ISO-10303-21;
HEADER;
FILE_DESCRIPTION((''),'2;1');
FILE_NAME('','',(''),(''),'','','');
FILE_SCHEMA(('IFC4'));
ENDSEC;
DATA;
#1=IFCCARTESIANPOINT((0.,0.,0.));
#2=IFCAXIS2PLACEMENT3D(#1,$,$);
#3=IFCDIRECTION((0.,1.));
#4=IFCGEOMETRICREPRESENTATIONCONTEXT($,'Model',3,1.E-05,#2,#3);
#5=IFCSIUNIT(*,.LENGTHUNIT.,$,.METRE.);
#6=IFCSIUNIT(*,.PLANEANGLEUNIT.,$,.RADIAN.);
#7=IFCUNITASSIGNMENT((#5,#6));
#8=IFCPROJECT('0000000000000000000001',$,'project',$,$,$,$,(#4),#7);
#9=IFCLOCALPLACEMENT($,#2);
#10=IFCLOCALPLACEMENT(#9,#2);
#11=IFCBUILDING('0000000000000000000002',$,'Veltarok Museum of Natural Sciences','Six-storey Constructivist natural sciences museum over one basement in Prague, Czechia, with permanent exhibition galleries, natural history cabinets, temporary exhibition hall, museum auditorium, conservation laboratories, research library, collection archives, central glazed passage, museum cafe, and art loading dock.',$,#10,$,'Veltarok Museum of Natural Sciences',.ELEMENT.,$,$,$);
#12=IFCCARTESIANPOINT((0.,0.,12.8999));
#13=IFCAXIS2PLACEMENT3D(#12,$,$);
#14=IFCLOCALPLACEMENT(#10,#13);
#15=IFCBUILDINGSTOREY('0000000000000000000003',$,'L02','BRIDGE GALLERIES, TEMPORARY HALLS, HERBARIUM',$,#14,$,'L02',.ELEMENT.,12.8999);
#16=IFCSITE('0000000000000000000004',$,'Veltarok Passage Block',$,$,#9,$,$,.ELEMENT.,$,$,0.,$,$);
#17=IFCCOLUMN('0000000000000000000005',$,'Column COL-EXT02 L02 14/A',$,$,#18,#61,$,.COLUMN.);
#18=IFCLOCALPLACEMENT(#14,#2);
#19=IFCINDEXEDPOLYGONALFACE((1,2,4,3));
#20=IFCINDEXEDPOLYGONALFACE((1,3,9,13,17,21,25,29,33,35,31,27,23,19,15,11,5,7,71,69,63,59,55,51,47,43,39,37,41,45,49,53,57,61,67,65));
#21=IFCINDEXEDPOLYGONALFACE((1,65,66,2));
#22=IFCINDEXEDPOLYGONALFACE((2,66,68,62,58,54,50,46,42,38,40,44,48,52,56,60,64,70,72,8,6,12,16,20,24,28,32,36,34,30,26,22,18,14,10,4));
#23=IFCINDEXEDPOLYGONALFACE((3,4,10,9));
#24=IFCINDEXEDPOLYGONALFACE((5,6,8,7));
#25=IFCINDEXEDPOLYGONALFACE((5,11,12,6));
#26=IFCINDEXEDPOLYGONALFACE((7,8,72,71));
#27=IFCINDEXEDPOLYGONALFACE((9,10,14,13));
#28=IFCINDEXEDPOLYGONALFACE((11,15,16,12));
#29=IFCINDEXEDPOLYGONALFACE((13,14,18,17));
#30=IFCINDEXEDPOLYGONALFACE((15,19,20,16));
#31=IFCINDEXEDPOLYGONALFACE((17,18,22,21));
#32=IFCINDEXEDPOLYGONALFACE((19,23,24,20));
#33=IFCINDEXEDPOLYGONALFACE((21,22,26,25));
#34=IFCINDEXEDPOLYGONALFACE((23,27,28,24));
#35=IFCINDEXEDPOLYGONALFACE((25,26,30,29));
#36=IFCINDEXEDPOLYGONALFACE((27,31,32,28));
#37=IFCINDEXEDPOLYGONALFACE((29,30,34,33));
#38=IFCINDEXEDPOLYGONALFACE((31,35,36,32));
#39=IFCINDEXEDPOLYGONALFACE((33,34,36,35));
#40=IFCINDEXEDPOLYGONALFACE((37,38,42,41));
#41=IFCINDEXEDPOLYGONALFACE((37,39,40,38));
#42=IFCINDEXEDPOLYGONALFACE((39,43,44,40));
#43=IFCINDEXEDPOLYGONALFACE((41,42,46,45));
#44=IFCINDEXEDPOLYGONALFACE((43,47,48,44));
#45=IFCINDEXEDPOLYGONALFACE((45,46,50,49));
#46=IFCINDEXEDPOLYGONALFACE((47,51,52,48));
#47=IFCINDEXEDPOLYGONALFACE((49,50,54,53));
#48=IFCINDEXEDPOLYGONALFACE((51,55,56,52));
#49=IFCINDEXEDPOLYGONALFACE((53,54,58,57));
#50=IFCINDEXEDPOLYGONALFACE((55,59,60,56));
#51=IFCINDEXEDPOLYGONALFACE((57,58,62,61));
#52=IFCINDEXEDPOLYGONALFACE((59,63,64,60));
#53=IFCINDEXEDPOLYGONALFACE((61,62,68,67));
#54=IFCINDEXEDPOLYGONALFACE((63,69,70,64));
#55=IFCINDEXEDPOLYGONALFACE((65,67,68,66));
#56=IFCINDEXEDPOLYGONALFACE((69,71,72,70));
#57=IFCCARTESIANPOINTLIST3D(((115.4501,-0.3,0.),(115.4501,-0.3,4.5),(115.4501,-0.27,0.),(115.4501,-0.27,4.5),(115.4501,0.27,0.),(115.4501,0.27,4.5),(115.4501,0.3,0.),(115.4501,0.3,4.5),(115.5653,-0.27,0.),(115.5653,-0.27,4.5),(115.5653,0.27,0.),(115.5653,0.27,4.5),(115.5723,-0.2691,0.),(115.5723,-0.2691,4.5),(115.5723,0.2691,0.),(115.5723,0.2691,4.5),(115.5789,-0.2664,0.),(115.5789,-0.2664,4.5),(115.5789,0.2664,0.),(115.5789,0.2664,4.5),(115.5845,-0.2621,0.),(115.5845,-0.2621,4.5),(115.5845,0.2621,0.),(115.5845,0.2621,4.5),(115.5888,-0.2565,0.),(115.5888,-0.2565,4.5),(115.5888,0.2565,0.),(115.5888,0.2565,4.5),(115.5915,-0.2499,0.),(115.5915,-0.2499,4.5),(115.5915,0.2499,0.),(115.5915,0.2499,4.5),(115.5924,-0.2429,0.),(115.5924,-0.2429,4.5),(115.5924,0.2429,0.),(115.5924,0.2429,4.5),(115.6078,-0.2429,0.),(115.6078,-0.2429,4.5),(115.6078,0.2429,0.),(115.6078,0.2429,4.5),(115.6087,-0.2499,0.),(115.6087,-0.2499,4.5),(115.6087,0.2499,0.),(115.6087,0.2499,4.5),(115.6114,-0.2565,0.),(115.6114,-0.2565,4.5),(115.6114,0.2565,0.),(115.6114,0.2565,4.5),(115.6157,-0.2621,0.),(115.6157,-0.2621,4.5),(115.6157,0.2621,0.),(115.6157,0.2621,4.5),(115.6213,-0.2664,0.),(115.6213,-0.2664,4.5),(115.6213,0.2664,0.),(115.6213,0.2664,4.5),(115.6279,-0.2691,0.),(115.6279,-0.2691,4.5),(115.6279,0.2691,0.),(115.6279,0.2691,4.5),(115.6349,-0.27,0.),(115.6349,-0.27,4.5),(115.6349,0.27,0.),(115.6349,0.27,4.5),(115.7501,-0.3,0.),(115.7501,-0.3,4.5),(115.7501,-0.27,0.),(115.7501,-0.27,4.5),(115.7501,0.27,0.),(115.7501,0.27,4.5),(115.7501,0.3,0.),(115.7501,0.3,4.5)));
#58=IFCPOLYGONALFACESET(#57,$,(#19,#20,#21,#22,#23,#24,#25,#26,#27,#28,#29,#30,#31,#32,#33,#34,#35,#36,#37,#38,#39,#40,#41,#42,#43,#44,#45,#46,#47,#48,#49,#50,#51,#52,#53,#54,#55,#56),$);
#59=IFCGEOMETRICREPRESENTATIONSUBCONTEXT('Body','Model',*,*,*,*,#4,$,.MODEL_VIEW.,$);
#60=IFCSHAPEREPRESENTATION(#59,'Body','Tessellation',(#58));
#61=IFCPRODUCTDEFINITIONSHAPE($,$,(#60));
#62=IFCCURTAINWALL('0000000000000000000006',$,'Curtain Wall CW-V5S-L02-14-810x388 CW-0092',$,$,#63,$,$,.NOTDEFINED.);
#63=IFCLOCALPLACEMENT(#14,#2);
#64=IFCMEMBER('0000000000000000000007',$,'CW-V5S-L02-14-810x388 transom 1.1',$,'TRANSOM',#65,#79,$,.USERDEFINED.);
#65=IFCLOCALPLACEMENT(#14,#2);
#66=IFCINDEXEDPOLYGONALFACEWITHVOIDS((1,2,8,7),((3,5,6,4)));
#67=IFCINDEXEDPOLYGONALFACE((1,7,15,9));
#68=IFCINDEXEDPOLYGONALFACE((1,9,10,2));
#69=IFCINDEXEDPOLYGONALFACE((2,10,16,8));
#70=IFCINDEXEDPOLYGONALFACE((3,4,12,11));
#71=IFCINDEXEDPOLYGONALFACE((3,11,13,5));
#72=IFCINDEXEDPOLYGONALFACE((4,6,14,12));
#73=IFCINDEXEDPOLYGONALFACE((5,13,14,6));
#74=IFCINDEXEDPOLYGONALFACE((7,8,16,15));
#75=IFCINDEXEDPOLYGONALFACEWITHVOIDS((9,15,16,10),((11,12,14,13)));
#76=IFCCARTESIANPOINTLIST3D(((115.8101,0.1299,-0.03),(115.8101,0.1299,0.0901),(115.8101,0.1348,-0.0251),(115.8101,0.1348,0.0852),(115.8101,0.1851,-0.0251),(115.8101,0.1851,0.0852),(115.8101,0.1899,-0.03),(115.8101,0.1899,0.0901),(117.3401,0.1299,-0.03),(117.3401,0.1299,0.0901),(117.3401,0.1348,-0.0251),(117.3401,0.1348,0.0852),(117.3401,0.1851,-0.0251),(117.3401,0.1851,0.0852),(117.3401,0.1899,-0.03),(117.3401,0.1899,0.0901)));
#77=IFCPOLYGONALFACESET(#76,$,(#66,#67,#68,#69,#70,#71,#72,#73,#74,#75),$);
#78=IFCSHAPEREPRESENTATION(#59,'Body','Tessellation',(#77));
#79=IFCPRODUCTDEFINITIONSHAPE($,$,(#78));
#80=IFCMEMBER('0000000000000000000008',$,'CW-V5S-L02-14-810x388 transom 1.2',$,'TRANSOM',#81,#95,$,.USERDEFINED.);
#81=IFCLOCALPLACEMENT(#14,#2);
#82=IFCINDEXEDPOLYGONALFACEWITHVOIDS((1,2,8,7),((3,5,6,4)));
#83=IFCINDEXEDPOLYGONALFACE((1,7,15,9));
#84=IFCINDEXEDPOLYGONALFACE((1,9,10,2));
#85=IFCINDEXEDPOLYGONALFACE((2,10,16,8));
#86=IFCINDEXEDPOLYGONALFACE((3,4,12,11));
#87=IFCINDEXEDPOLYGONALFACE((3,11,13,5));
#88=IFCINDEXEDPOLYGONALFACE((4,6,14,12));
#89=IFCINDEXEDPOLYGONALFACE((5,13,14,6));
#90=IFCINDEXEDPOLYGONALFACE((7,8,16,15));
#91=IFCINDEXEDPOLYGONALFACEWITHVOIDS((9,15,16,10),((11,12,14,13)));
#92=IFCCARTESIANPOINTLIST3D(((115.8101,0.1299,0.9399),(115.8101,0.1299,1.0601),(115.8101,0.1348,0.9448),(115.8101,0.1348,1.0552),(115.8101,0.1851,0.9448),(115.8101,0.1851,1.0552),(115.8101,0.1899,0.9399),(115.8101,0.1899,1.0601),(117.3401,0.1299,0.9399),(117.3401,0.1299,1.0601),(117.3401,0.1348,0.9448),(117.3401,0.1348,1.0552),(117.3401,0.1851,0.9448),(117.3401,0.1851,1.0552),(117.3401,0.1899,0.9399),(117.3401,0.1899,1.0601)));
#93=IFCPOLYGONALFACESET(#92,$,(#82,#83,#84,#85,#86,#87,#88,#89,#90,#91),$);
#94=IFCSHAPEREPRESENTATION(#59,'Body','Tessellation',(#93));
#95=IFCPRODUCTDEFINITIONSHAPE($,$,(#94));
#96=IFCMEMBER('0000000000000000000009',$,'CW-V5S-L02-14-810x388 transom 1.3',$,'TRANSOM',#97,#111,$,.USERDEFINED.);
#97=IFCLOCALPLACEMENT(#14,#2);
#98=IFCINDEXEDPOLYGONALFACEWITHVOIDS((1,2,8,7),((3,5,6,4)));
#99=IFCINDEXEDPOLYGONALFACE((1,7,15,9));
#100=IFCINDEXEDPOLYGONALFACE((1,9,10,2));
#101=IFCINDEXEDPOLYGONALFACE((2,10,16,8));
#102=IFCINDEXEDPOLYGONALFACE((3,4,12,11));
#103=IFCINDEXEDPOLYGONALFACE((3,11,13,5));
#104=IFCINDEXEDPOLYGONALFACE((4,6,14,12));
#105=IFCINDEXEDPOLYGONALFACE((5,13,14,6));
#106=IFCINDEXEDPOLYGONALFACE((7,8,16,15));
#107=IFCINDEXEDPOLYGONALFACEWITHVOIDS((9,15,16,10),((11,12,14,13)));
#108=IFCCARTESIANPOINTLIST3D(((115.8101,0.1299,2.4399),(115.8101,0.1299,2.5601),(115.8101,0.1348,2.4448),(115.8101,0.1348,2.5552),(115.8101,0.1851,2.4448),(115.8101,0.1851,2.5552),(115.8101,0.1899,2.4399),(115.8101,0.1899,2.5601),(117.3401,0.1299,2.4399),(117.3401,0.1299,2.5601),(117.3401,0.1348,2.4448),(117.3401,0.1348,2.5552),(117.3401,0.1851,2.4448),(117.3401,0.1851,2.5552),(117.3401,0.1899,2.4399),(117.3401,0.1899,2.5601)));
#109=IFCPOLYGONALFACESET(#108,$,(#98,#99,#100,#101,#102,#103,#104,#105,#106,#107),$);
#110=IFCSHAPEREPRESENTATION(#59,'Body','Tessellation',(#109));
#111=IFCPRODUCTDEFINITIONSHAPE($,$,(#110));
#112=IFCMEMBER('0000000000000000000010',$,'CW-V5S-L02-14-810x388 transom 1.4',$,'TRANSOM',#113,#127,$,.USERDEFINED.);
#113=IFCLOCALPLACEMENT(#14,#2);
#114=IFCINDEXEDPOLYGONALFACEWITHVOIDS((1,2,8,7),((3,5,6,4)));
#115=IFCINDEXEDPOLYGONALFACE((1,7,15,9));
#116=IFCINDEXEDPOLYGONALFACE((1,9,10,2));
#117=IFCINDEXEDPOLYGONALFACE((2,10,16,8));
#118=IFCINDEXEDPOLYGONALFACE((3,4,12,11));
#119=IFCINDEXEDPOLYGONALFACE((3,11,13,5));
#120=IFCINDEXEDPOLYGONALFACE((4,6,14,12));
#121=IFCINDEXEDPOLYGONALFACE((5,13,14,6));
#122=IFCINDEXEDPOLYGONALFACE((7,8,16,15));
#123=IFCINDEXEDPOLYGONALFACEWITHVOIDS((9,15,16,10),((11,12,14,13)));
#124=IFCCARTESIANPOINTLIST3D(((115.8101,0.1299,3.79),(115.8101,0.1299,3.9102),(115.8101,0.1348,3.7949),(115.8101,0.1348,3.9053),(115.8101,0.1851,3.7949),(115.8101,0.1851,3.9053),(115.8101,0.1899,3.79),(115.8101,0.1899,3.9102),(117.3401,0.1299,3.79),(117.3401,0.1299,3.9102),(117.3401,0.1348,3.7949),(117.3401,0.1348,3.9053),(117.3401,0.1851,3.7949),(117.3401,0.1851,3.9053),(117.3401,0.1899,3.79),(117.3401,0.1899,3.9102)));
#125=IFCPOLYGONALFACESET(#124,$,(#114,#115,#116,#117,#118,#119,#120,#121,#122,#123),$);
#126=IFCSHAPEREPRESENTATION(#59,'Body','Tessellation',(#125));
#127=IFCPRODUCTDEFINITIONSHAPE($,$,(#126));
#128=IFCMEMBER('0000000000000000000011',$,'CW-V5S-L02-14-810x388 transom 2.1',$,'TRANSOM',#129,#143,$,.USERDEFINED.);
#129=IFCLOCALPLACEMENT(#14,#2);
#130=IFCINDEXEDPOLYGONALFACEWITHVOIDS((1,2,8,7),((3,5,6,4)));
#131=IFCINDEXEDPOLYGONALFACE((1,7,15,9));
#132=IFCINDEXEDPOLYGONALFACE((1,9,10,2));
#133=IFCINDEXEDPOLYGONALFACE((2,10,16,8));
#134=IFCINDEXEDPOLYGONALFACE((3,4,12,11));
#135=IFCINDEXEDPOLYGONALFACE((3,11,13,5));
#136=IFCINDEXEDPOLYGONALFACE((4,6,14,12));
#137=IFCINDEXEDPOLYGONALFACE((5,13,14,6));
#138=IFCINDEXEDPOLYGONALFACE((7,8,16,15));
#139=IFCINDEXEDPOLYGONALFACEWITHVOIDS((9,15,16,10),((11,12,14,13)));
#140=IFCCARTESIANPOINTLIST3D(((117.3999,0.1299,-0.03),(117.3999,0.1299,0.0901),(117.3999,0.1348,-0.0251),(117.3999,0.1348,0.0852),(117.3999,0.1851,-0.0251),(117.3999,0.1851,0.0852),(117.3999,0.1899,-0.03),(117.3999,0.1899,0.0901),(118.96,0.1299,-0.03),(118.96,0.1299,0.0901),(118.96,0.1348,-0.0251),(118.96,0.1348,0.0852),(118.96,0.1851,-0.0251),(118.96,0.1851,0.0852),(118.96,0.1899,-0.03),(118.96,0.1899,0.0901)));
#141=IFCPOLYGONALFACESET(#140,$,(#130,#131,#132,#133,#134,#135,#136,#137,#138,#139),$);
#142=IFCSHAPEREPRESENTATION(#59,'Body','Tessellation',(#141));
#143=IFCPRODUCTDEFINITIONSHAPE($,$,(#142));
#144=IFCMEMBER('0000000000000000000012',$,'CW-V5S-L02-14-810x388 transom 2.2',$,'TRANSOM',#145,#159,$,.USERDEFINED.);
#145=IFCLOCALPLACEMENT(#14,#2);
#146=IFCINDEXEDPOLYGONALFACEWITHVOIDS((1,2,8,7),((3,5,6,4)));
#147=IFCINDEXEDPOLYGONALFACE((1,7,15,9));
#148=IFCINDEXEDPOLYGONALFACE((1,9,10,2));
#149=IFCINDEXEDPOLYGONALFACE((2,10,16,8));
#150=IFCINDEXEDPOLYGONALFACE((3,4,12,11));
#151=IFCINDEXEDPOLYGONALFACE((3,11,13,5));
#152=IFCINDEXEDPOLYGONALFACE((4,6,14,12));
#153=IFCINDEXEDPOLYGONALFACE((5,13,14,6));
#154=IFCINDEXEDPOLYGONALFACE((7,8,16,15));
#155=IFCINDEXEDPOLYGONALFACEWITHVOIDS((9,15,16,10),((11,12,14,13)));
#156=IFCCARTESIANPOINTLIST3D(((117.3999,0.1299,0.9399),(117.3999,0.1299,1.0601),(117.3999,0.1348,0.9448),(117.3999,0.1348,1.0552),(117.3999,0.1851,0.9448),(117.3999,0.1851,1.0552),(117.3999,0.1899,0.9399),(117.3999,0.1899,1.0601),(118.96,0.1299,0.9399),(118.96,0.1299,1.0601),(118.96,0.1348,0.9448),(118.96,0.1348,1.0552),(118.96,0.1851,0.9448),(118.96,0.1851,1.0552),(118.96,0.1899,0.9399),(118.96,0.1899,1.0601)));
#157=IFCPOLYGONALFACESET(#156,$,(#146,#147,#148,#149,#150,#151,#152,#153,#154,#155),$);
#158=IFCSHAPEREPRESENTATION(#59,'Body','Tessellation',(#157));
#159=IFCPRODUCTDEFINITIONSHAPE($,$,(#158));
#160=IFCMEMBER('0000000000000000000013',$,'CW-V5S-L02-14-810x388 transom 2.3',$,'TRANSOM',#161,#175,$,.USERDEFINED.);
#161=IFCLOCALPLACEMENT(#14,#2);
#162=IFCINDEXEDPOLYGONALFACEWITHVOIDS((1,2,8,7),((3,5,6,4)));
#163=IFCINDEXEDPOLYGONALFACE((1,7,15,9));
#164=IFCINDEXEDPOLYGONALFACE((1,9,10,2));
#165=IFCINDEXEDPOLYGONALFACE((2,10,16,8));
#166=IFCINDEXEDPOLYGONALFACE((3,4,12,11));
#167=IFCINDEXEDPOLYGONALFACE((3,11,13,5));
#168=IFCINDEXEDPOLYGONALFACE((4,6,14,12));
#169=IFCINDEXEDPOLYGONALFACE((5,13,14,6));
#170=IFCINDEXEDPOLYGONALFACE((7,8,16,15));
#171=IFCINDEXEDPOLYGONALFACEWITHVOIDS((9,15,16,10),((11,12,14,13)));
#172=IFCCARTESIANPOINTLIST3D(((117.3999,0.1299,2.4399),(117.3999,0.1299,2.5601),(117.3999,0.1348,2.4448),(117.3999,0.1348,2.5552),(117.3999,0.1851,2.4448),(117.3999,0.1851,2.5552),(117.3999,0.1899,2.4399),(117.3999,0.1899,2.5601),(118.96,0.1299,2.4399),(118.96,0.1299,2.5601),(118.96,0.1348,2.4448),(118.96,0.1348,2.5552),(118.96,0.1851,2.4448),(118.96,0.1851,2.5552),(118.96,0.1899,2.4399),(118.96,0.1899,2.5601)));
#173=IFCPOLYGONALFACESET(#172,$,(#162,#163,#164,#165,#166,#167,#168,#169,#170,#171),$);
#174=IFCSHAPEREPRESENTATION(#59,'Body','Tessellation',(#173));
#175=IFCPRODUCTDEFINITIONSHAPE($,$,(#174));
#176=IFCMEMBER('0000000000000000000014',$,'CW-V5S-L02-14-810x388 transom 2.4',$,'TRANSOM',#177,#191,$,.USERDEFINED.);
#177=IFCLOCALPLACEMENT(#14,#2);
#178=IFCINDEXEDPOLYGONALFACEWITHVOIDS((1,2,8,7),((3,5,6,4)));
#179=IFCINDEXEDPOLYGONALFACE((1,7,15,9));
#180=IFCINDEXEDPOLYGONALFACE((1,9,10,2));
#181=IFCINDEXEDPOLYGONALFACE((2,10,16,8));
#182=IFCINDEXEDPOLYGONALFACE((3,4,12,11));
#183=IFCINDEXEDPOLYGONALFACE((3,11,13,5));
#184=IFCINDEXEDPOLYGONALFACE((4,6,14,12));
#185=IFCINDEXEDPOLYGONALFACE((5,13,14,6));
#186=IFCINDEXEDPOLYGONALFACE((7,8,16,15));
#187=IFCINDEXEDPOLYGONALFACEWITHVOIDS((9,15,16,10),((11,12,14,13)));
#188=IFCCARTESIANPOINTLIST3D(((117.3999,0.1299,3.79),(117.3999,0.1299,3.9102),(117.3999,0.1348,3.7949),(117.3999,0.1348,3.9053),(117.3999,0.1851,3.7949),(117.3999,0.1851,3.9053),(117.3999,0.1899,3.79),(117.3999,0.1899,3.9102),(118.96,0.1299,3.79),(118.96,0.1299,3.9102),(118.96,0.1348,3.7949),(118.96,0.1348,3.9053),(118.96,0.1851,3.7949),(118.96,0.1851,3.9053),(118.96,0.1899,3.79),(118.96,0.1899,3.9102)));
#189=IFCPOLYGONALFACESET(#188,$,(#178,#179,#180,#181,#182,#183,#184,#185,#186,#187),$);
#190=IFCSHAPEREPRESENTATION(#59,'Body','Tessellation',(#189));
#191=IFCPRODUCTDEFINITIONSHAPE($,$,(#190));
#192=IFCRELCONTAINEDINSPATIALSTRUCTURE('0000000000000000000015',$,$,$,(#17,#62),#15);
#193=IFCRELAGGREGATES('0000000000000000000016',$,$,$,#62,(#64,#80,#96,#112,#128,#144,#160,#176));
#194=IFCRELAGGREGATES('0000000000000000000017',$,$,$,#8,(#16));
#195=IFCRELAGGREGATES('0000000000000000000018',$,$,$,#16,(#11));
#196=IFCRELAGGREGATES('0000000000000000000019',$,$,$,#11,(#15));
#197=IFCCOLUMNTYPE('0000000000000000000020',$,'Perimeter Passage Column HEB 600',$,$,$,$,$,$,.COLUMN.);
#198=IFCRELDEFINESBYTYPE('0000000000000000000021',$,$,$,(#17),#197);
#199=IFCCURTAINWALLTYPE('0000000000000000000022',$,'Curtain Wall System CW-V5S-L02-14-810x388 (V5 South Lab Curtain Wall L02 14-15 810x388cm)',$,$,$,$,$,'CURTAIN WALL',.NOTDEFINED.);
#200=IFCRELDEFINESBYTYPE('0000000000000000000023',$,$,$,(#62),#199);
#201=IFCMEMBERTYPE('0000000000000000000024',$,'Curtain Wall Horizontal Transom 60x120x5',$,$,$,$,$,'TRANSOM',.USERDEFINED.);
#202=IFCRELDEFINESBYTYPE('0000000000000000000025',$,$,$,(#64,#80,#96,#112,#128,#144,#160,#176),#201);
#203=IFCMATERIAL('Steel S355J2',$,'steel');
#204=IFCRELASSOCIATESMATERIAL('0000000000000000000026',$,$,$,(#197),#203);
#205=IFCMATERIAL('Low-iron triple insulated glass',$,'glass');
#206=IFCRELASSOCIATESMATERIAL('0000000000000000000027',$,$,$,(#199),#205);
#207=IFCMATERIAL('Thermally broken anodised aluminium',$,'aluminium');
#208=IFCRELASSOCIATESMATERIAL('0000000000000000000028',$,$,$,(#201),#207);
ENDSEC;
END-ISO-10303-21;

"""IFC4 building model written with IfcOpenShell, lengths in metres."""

from ifc_helpers import new_model, si_unit, direction, frame, origin, origin_2d, place, context, subcontext, project, spatial, hollow_rectangle, i_section, extrude, material, material_profile, profile_set, type_object, element, aggregate, save


model = new_model("IFC4")

# Units and contexts
model_context = context("Model", 3, precision=1e-05, world=origin(), true_north=direction((0.0, 1.0)))
body_context = subcontext(model_context, "Body", "Model", "MODEL_VIEW")
ifc_project = project(units=[si_unit("LENGTHUNIT", "METRE"), si_unit("PLANEANGLEUNIT", "RADIAN")], contexts=[model_context])

# Site, building, storey
site_placement = place(None, origin())
site = spatial("IfcSite", under=ifc_project, at=site_placement, Name="Veltarok Passage Block", CompositionType="ELEMENT", RefElevation=0.0)
building_placement = place(site_placement, origin())
building = spatial("IfcBuilding", under=site, at=building_placement, Name="Veltarok Museum of Natural Sciences", Description="Six-storey Constructivist natural sciences museum over one basement in Prague, Czechia, with permanent exhibition galleries, natural history cabinets, temporary exhibition hall, museum auditorium, conservation laboratories, research library, collection archives, central glazed passage, museum cafe, and art loading dock.", LongName="Veltarok Museum of Natural Sciences", CompositionType="ELEMENT")
storey_placement = place(building_placement, frame((0.0, 0.0, 12.8999)))
storey = spatial("IfcBuildingStorey", under=building, at=storey_placement, Name="L02", Description="BRIDGE GALLERIES, TEMPORARY HALLS, HERBARIUM", LongName="L02", CompositionType="ELEMENT", Elevation=12.8999)

# Column
ifc_material_1 = material(Name="Steel S355J2", Category="steel")
ifc_material_profile_1 = material_profile(ifc_material_1, i_section(OverallWidth=0.3, OverallDepth=0.6001, WebThickness=0.0154, FlangeThickness=0.03, FilletRadius=0.0271, at=origin_2d()), Name="HEB 600")
ifc_profile_set_1 = profile_set([ifc_material_profile_1], Name="Steel S355J2")
column_type = type_object("IfcColumnType", Name="Perimeter Passage Column HEB 600", PredefinedType="COLUMN", material=ifc_profile_set_1)
column_placement = place(storey_placement, frame((115.6001, 0.0, 0.0), z_axis=(0.0, 0.0, 1.0), x_axis=(1.0, 0.0, 0.0)))
element("IfcColumn", 1, at=column_placement, inside=storey, type_object=column_type, Name="Column COL-EXT02 L02 14/A", PredefinedType="COLUMN", context=body_context, shape_type="SweptSolid", body=[
    extrude(i_section(OverallWidth=0.3, OverallDepth=0.6001, WebThickness=0.0154, FlangeThickness=0.03, FilletRadius=0.0271, at=origin_2d()), origin(), (0.0, 0.0, 1.0), 4.5),
])

# Curtain wall, members
ifc_material_2 = material(Name="Low-iron triple insulated glass", Category="glass")
curtain_wall_type = type_object("IfcCurtainWallType", Name="Curtain Wall System CW-V5S-L02-14-810x388 (V5 South Lab Curtain Wall L02 14-15 810x388cm)", ElementType="CURTAIN WALL", PredefinedType="NOTDEFINED", material=ifc_material_2)
curtain_wall_placement = place(storey_placement, origin())
curtain_wall = element("IfcCurtainWall", 2, at=curtain_wall_placement, inside=storey, type_object=curtain_wall_type, Name="Curtain Wall CW-V5S-L02-14-810x388 CW-0092", PredefinedType="NOTDEFINED")
ifc_material_3 = material(Name="Thermally broken anodised aluminium", Category="aluminium")
ifc_material_profile_2 = material_profile(ifc_material_3, hollow_rectangle(XDim=0.0601, YDim=0.1201, WallThickness=0.0049, at=origin_2d()), Name="CW TRANSOM 60x120x5")
ifc_profile_set_2 = profile_set([ifc_material_profile_2], Name="Thermally broken anodised aluminium")
member_type_1 = type_object("IfcMemberType", Name="Curtain Wall Horizontal Transom 60x120x5", ElementType="TRANSOM", PredefinedType="USERDEFINED", material=ifc_profile_set_2)
member_1_placement = place(storey_placement, frame((115.8101, 0.1599, 0.03), z_axis=(1.0, 0.0, 0.0), x_axis=(0.0, 1.0, 0.0)))
member_1 = element("IfcMember", 3, at=member_1_placement, type_object=member_type_1, Name="CW-V5S-L02-14-810x388 transom 1.1", ObjectType="TRANSOM", PredefinedType="USERDEFINED", context=body_context, shape_type="SweptSolid", body=[
    extrude(hollow_rectangle(XDim=0.0601, YDim=0.1201, WallThickness=0.0049, at=origin_2d()), origin(), (0.0, 0.0, 1.0), 1.53),
])
member_2_placement = place(storey_placement, frame((115.8101, 0.1599, 1.0), z_axis=(1.0, 0.0, 0.0), x_axis=(0.0, 1.0, 0.0)))
member_2 = element("IfcMember", 4, at=member_2_placement, type_object=member_type_1, Name="CW-V5S-L02-14-810x388 transom 1.2", ObjectType="TRANSOM", PredefinedType="USERDEFINED", context=body_context, shape_type="SweptSolid", body=[
    extrude(hollow_rectangle(XDim=0.0601, YDim=0.1201, WallThickness=0.0049, at=origin_2d()), origin(), (0.0, 0.0, 1.0), 1.53),
])
member_3_placement = place(storey_placement, frame((115.8101, 0.1599, 2.5), z_axis=(1.0, 0.0, 0.0), x_axis=(0.0, 1.0, 0.0)))
member_3 = element("IfcMember", 5, at=member_3_placement, type_object=member_type_1, Name="CW-V5S-L02-14-810x388 transom 1.3", ObjectType="TRANSOM", PredefinedType="USERDEFINED", context=body_context, shape_type="SweptSolid", body=[
    extrude(hollow_rectangle(XDim=0.0601, YDim=0.1201, WallThickness=0.0049, at=origin_2d()), origin(), (0.0, 0.0, 1.0), 1.53),
])
member_4_placement = place(storey_placement, frame((115.8101, 0.1599, 3.8501), z_axis=(1.0, 0.0, 0.0), x_axis=(0.0, 1.0, 0.0)))
member_4 = element("IfcMember", 6, at=member_4_placement, type_object=member_type_1, Name="CW-V5S-L02-14-810x388 transom 1.4", ObjectType="TRANSOM", PredefinedType="USERDEFINED", context=body_context, shape_type="SweptSolid", body=[
    extrude(hollow_rectangle(XDim=0.0601, YDim=0.1201, WallThickness=0.0049, at=origin_2d()), origin(), (0.0, 0.0, 1.0), 1.53),
])
member_5_placement = place(storey_placement, frame((117.3999, 0.1599, 0.03), z_axis=(1.0, 0.0, 0.0), x_axis=(0.0, 1.0, 0.0)))
member_5 = element("IfcMember", 7, at=member_5_placement, type_object=member_type_1, Name="CW-V5S-L02-14-810x388 transom 2.1", ObjectType="TRANSOM", PredefinedType="USERDEFINED", context=body_context, shape_type="SweptSolid", body=[
    extrude(hollow_rectangle(XDim=0.0601, YDim=0.1201, WallThickness=0.0049, at=origin_2d()), origin(), (0.0, 0.0, 1.0), 1.5601),
])
member_6_placement = place(storey_placement, frame((117.3999, 0.1599, 1.0), z_axis=(1.0, 0.0, 0.0), x_axis=(0.0, 1.0, 0.0)))
member_6 = element("IfcMember", 8, at=member_6_placement, type_object=member_type_1, Name="CW-V5S-L02-14-810x388 transom 2.2", ObjectType="TRANSOM", PredefinedType="USERDEFINED", context=body_context, shape_type="SweptSolid", body=[
    extrude(hollow_rectangle(XDim=0.0601, YDim=0.1201, WallThickness=0.0049, at=origin_2d()), origin(), (0.0, 0.0, 1.0), 1.5601),
])
member_7_placement = place(storey_placement, frame((117.3999, 0.1599, 2.5), z_axis=(1.0, 0.0, 0.0), x_axis=(0.0, 1.0, 0.0)))
member_7 = element("IfcMember", 9, at=member_7_placement, type_object=member_type_1, Name="CW-V5S-L02-14-810x388 transom 2.3", ObjectType="TRANSOM", PredefinedType="USERDEFINED", context=body_context, shape_type="SweptSolid", body=[
    extrude(hollow_rectangle(XDim=0.0601, YDim=0.1201, WallThickness=0.0049, at=origin_2d()), origin(), (0.0, 0.0, 1.0), 1.5601),
])
member_8_placement = place(storey_placement, frame((117.3999, 0.1599, 3.8501), z_axis=(1.0, 0.0, 0.0), x_axis=(0.0, 1.0, 0.0)))
member_8 = element("IfcMember", 10, at=member_8_placement, type_object=member_type_1, Name="CW-V5S-L02-14-810x388 transom 2.4", ObjectType="TRANSOM", PredefinedType="USERDEFINED", context=body_context, shape_type="SweptSolid", body=[
    extrude(hollow_rectangle(XDim=0.0601, YDim=0.1201, WallThickness=0.0049, at=origin_2d()), origin(), (0.0, 0.0, 1.0), 1.5601),
])

aggregate(curtain_wall, [member_1, member_2, member_3, member_4, member_5, member_6, member_7, member_8])

save(model, "model.ifc")
